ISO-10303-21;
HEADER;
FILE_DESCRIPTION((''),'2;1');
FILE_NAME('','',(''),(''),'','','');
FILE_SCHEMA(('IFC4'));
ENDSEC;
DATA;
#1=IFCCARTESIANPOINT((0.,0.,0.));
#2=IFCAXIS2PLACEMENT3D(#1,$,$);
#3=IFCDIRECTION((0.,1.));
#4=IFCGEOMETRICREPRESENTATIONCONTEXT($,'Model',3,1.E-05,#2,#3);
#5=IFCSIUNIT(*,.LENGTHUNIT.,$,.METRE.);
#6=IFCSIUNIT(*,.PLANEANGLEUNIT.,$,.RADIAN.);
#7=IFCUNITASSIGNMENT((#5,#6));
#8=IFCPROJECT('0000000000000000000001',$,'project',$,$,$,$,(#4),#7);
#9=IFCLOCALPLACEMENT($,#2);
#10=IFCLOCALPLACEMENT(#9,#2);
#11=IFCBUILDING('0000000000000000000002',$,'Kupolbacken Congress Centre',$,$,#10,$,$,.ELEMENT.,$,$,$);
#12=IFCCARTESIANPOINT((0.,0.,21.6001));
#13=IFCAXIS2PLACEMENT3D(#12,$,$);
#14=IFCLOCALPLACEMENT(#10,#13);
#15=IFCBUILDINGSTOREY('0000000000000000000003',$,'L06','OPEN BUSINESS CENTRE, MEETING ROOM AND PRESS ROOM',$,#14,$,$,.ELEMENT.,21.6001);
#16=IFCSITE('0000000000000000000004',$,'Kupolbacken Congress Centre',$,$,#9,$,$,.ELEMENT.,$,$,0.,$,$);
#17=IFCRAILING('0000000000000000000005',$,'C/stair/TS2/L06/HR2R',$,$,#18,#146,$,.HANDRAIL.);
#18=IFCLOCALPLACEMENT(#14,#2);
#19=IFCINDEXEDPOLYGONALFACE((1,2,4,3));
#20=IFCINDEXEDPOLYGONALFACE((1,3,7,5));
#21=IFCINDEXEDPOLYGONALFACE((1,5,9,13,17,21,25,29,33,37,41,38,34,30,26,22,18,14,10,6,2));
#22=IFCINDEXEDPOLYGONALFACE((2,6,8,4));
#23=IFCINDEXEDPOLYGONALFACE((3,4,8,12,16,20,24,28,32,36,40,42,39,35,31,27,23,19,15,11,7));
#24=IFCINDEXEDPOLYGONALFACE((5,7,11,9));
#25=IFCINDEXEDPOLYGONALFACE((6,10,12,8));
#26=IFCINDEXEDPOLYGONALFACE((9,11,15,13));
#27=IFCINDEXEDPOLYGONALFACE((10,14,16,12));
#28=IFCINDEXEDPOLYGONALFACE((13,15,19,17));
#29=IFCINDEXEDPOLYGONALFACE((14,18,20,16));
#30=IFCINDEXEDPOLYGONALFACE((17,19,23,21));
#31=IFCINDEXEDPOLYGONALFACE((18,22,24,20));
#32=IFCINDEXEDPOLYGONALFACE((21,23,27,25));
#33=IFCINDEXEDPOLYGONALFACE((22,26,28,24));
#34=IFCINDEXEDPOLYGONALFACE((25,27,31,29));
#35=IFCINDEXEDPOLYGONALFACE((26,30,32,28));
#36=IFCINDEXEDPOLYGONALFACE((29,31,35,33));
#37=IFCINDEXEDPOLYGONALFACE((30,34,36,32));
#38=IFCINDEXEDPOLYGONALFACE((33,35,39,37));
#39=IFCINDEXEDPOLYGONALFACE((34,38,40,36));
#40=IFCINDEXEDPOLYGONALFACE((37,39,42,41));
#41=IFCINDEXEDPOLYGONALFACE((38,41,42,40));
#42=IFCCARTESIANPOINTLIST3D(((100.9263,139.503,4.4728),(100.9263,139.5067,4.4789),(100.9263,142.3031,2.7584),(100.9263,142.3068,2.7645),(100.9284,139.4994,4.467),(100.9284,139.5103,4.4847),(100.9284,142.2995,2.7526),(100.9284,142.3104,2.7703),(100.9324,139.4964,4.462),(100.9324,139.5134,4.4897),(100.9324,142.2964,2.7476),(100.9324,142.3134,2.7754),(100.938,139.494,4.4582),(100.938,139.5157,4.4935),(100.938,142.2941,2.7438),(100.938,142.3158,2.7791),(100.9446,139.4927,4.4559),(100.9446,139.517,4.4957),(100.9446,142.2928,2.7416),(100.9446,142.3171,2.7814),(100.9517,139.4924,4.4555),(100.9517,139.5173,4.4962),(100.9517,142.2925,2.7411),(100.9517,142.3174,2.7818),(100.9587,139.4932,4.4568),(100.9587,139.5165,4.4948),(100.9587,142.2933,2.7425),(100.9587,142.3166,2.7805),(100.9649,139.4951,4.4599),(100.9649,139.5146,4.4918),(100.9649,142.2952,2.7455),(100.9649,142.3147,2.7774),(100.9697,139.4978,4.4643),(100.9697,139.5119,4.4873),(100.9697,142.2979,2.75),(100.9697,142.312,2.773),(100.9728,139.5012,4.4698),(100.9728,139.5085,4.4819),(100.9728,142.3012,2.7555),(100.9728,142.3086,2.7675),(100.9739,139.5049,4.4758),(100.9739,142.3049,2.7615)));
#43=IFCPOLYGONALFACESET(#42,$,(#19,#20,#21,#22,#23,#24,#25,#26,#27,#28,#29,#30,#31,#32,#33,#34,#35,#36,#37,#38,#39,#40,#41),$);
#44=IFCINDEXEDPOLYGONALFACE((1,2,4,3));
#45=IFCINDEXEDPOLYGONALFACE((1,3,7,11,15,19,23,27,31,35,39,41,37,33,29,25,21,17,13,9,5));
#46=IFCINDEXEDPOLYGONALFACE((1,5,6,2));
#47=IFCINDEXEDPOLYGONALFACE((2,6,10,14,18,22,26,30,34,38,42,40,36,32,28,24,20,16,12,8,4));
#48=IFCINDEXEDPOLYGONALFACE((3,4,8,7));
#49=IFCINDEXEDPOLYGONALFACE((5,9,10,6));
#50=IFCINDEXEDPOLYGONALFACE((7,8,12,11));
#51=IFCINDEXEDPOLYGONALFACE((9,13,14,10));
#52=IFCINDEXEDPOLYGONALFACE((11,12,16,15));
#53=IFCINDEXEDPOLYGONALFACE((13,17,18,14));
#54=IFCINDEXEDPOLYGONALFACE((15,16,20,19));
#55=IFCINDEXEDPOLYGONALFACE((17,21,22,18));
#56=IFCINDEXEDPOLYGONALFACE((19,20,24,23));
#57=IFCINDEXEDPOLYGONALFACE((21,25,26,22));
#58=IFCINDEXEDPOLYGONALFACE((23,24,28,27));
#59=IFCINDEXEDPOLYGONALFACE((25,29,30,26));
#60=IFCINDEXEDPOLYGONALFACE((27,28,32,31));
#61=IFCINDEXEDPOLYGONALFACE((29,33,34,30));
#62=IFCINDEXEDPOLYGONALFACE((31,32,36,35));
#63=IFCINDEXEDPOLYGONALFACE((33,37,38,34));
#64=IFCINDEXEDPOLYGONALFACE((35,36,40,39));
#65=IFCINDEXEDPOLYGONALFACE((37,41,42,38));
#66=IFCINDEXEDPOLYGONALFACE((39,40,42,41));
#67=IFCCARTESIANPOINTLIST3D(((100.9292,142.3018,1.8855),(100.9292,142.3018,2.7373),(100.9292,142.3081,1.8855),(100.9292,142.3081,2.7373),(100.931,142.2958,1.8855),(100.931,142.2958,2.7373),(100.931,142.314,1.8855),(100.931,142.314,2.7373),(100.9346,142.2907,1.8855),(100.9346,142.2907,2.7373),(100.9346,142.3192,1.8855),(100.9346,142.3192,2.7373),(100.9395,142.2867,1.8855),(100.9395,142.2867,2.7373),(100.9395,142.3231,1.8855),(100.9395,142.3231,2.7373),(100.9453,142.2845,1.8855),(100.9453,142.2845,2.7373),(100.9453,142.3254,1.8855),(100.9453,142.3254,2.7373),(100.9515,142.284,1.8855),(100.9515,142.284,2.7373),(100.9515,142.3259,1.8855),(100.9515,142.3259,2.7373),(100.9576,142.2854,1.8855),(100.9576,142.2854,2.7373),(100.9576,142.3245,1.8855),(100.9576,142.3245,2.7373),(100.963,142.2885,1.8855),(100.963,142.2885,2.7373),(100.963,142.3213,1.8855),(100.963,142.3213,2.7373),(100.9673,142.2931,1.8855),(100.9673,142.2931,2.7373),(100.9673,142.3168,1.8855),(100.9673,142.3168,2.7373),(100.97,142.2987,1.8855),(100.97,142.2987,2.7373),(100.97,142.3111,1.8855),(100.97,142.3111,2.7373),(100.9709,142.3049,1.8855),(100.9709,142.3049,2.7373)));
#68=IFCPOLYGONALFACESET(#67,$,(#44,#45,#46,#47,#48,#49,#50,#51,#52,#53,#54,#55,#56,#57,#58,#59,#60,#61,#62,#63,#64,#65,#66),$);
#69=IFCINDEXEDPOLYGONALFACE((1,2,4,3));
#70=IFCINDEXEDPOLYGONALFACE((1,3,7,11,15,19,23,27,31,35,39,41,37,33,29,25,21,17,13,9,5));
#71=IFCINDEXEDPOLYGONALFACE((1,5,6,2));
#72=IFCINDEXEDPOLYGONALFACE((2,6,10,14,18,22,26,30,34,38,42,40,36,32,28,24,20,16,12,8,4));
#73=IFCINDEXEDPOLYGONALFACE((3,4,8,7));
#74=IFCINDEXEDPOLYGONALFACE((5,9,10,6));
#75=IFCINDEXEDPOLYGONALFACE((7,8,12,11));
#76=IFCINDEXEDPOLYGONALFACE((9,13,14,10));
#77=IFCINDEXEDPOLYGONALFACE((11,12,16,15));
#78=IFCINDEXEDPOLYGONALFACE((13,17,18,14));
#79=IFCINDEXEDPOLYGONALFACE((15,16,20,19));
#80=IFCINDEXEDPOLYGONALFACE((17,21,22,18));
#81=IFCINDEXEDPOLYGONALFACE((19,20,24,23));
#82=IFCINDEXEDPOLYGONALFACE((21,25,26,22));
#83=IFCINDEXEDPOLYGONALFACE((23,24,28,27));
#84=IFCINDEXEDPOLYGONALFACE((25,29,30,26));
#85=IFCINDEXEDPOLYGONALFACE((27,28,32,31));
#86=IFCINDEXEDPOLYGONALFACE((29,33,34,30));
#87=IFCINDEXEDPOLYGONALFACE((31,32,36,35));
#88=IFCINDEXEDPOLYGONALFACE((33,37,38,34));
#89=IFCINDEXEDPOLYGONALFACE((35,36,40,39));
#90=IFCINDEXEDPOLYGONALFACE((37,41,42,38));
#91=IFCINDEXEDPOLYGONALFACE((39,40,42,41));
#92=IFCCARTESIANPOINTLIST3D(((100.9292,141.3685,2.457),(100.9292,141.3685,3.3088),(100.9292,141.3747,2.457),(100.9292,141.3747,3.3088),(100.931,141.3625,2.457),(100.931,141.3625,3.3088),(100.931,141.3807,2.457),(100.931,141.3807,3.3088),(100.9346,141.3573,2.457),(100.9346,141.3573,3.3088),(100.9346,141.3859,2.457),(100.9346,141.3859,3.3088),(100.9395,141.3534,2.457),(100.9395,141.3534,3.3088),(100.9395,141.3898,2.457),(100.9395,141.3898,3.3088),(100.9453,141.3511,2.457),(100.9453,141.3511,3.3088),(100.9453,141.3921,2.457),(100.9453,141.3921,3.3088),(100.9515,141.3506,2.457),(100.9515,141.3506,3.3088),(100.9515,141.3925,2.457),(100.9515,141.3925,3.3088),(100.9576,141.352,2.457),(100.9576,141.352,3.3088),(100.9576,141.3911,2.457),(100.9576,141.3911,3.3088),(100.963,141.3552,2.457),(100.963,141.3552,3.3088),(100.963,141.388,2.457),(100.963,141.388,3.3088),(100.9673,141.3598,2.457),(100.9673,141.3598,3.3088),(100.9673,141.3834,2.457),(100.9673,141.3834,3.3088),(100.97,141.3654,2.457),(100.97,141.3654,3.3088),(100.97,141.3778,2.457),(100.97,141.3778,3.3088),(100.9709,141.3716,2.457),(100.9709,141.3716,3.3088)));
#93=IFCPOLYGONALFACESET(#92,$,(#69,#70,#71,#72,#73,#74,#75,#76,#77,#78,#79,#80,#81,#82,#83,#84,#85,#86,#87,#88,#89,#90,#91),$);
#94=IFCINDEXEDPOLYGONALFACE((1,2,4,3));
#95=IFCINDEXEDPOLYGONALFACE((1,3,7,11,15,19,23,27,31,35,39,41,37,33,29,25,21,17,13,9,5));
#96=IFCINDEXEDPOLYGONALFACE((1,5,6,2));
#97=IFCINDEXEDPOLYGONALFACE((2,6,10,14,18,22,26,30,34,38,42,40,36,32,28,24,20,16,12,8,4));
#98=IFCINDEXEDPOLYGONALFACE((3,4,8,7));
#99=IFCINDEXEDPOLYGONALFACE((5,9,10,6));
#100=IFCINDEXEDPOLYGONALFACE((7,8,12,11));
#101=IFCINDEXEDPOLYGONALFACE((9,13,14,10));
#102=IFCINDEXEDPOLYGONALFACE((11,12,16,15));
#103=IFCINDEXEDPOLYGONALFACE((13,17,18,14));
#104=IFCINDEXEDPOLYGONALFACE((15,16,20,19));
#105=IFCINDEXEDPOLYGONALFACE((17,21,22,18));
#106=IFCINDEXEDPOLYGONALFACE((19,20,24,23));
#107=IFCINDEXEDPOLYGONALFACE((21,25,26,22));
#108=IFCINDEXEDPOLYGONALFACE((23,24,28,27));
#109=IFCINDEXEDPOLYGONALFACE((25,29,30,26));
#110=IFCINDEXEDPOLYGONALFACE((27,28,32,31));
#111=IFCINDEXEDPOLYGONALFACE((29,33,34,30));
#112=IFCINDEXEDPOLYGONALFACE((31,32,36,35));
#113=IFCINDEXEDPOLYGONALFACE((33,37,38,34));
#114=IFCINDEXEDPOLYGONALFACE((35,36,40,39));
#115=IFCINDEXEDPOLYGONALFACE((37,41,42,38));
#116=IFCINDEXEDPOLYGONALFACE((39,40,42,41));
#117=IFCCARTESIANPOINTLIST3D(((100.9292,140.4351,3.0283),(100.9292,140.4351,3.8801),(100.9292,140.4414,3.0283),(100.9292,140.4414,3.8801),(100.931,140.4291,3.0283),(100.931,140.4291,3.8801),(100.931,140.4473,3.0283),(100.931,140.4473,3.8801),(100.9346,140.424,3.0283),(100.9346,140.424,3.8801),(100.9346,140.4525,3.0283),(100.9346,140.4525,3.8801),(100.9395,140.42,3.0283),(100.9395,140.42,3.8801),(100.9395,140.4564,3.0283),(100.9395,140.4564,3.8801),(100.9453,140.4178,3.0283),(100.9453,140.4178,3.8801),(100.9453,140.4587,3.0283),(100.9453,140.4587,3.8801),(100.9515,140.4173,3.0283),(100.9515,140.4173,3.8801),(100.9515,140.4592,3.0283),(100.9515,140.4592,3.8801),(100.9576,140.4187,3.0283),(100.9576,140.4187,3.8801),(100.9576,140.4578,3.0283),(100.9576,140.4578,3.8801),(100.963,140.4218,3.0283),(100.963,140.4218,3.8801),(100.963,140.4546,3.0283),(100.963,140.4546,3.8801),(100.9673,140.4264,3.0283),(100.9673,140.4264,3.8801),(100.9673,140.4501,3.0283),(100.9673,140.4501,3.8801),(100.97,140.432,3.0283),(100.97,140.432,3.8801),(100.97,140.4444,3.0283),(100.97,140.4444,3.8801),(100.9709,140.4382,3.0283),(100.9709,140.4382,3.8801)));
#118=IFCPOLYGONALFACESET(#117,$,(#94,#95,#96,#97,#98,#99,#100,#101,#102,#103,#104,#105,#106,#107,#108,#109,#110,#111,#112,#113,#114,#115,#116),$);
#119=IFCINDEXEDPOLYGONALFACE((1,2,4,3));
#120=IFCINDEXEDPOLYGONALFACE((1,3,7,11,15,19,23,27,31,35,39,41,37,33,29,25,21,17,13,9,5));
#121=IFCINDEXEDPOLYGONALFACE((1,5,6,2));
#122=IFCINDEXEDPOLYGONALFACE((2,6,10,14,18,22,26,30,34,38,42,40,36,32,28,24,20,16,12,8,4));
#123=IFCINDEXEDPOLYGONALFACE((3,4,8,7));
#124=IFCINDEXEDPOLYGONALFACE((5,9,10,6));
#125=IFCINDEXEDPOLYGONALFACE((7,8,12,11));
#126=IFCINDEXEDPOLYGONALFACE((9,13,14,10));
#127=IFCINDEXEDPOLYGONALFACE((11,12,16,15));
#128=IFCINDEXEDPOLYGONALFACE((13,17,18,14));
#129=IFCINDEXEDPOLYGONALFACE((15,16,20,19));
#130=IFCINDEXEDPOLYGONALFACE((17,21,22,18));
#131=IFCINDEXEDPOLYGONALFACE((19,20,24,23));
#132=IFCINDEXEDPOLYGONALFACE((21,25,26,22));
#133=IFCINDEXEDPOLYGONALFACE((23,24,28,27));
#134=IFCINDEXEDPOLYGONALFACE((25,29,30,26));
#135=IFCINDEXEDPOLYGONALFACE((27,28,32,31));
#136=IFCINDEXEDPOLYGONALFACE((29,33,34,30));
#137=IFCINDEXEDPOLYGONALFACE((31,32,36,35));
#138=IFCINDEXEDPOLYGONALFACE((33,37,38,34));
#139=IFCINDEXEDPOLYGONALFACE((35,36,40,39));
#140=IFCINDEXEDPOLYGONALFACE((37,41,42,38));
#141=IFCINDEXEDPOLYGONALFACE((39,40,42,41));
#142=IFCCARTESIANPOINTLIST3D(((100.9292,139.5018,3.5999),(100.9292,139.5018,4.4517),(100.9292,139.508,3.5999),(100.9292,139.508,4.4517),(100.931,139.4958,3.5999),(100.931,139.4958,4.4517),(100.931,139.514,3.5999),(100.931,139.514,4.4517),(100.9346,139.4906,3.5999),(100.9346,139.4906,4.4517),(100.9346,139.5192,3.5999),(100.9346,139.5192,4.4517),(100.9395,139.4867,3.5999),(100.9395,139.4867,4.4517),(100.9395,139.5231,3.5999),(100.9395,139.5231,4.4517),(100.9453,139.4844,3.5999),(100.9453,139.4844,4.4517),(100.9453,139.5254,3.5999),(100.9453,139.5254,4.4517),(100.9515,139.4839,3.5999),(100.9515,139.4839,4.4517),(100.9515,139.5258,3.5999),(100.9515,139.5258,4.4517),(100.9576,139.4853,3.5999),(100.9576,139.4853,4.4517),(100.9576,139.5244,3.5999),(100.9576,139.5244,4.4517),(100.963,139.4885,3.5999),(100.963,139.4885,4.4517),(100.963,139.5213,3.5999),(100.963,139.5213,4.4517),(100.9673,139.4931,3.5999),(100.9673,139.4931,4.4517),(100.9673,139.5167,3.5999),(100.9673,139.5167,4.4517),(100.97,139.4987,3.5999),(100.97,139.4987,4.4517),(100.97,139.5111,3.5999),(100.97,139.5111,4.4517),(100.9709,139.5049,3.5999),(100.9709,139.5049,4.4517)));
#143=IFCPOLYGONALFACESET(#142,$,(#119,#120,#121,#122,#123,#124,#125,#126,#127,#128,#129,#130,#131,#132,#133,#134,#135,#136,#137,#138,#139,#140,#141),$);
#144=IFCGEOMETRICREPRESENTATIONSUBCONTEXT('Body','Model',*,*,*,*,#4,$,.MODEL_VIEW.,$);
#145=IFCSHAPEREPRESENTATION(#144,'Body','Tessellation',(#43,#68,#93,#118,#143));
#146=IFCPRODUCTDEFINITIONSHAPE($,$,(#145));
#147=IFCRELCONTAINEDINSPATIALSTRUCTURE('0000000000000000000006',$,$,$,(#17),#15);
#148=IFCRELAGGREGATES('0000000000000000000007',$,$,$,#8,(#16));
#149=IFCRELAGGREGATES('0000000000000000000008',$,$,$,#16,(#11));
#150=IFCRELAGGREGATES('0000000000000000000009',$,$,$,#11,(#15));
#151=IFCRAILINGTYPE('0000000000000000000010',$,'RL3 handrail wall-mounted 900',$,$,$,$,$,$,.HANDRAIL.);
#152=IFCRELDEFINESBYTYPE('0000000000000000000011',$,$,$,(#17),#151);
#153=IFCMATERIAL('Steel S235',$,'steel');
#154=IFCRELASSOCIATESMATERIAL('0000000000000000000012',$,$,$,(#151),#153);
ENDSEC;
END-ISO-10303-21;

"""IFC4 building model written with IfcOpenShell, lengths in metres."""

from ifc_helpers import new_model, si_unit, direction, frame, origin, origin_2d, place, context, subcontext, project, spatial, circle, extrude, material, type_object, element, save


model = new_model("IFC4")

# Units and contexts
model_context = context("Model", 3, precision=1e-05, world=origin(), true_north=direction((0.0, 1.0)))
body_context = subcontext(model_context, "Body", "Model", "MODEL_VIEW")
ifc_project = project(units=[si_unit("LENGTHUNIT", "METRE"), si_unit("PLANEANGLEUNIT", "RADIAN")], contexts=[model_context])

# Site, building, storey
site_placement = place(None, origin())
site = spatial("IfcSite", under=ifc_project, at=site_placement, Name="Kupolbacken Congress Centre", CompositionType="ELEMENT", RefElevation=0.0)
building_placement = place(site_placement, origin())
building = spatial("IfcBuilding", under=site, at=building_placement, Name="Kupolbacken Congress Centre", CompositionType="ELEMENT")
storey_placement = place(building_placement, frame((0.0, 0.0, 21.6001)))
storey = spatial("IfcBuildingStorey", under=building, at=storey_placement, Name="L06", Description="OPEN BUSINESS CENTRE, MEETING ROOM AND PRESS ROOM", CompositionType="ELEMENT", Elevation=21.6001)

# Railing
ifc_material_1 = material(Name="Steel S235", Category="steel")
railing_type = type_object("IfcRailingType", Name="RL3 handrail wall-mounted 900", PredefinedType="HANDRAIL", material=ifc_material_1)
for number, where, name in (
    (1, (100.95, 142.3049, 1.8855), "C/stair/TS2/L06/HR2R"),
):
    element("IfcRailing", number, at=place(storey_placement, frame(where)), inside=storey, type_object=railing_type, Name=name, PredefinedType="HANDRAIL", context=body_context, shape_type="SweptSolid", body=[
        extrude(circle(Radius=0.0239, at=origin_2d()), frame((0.0, 0.0, 0.876), z_axis=(0.0, -0.852846, 0.522163), x_axis=(1.0, 0.0, 0.0)), (0.0, 0.0, 1.0), 3.2832),
        extrude(circle(Radius=0.021, at=origin_2d()), origin(), (0.0, 0.0, 1.0), 0.8518),
        extrude(circle(Radius=0.021, at=origin_2d()), frame((0.0, -0.9333, 0.5715)), (0.0, 0.0, 1.0), 0.8518),
        extrude(circle(Radius=0.021, at=origin_2d()), frame((0.0, -1.8667, 1.1428)), (0.0, 0.0, 1.0), 0.8518),
        extrude(circle(Radius=0.021, at=origin_2d()), frame((0.0, -2.8, 1.7144)), (0.0, 0.0, 1.0), 0.8518),
    ])

save(model, "model.ifc")
